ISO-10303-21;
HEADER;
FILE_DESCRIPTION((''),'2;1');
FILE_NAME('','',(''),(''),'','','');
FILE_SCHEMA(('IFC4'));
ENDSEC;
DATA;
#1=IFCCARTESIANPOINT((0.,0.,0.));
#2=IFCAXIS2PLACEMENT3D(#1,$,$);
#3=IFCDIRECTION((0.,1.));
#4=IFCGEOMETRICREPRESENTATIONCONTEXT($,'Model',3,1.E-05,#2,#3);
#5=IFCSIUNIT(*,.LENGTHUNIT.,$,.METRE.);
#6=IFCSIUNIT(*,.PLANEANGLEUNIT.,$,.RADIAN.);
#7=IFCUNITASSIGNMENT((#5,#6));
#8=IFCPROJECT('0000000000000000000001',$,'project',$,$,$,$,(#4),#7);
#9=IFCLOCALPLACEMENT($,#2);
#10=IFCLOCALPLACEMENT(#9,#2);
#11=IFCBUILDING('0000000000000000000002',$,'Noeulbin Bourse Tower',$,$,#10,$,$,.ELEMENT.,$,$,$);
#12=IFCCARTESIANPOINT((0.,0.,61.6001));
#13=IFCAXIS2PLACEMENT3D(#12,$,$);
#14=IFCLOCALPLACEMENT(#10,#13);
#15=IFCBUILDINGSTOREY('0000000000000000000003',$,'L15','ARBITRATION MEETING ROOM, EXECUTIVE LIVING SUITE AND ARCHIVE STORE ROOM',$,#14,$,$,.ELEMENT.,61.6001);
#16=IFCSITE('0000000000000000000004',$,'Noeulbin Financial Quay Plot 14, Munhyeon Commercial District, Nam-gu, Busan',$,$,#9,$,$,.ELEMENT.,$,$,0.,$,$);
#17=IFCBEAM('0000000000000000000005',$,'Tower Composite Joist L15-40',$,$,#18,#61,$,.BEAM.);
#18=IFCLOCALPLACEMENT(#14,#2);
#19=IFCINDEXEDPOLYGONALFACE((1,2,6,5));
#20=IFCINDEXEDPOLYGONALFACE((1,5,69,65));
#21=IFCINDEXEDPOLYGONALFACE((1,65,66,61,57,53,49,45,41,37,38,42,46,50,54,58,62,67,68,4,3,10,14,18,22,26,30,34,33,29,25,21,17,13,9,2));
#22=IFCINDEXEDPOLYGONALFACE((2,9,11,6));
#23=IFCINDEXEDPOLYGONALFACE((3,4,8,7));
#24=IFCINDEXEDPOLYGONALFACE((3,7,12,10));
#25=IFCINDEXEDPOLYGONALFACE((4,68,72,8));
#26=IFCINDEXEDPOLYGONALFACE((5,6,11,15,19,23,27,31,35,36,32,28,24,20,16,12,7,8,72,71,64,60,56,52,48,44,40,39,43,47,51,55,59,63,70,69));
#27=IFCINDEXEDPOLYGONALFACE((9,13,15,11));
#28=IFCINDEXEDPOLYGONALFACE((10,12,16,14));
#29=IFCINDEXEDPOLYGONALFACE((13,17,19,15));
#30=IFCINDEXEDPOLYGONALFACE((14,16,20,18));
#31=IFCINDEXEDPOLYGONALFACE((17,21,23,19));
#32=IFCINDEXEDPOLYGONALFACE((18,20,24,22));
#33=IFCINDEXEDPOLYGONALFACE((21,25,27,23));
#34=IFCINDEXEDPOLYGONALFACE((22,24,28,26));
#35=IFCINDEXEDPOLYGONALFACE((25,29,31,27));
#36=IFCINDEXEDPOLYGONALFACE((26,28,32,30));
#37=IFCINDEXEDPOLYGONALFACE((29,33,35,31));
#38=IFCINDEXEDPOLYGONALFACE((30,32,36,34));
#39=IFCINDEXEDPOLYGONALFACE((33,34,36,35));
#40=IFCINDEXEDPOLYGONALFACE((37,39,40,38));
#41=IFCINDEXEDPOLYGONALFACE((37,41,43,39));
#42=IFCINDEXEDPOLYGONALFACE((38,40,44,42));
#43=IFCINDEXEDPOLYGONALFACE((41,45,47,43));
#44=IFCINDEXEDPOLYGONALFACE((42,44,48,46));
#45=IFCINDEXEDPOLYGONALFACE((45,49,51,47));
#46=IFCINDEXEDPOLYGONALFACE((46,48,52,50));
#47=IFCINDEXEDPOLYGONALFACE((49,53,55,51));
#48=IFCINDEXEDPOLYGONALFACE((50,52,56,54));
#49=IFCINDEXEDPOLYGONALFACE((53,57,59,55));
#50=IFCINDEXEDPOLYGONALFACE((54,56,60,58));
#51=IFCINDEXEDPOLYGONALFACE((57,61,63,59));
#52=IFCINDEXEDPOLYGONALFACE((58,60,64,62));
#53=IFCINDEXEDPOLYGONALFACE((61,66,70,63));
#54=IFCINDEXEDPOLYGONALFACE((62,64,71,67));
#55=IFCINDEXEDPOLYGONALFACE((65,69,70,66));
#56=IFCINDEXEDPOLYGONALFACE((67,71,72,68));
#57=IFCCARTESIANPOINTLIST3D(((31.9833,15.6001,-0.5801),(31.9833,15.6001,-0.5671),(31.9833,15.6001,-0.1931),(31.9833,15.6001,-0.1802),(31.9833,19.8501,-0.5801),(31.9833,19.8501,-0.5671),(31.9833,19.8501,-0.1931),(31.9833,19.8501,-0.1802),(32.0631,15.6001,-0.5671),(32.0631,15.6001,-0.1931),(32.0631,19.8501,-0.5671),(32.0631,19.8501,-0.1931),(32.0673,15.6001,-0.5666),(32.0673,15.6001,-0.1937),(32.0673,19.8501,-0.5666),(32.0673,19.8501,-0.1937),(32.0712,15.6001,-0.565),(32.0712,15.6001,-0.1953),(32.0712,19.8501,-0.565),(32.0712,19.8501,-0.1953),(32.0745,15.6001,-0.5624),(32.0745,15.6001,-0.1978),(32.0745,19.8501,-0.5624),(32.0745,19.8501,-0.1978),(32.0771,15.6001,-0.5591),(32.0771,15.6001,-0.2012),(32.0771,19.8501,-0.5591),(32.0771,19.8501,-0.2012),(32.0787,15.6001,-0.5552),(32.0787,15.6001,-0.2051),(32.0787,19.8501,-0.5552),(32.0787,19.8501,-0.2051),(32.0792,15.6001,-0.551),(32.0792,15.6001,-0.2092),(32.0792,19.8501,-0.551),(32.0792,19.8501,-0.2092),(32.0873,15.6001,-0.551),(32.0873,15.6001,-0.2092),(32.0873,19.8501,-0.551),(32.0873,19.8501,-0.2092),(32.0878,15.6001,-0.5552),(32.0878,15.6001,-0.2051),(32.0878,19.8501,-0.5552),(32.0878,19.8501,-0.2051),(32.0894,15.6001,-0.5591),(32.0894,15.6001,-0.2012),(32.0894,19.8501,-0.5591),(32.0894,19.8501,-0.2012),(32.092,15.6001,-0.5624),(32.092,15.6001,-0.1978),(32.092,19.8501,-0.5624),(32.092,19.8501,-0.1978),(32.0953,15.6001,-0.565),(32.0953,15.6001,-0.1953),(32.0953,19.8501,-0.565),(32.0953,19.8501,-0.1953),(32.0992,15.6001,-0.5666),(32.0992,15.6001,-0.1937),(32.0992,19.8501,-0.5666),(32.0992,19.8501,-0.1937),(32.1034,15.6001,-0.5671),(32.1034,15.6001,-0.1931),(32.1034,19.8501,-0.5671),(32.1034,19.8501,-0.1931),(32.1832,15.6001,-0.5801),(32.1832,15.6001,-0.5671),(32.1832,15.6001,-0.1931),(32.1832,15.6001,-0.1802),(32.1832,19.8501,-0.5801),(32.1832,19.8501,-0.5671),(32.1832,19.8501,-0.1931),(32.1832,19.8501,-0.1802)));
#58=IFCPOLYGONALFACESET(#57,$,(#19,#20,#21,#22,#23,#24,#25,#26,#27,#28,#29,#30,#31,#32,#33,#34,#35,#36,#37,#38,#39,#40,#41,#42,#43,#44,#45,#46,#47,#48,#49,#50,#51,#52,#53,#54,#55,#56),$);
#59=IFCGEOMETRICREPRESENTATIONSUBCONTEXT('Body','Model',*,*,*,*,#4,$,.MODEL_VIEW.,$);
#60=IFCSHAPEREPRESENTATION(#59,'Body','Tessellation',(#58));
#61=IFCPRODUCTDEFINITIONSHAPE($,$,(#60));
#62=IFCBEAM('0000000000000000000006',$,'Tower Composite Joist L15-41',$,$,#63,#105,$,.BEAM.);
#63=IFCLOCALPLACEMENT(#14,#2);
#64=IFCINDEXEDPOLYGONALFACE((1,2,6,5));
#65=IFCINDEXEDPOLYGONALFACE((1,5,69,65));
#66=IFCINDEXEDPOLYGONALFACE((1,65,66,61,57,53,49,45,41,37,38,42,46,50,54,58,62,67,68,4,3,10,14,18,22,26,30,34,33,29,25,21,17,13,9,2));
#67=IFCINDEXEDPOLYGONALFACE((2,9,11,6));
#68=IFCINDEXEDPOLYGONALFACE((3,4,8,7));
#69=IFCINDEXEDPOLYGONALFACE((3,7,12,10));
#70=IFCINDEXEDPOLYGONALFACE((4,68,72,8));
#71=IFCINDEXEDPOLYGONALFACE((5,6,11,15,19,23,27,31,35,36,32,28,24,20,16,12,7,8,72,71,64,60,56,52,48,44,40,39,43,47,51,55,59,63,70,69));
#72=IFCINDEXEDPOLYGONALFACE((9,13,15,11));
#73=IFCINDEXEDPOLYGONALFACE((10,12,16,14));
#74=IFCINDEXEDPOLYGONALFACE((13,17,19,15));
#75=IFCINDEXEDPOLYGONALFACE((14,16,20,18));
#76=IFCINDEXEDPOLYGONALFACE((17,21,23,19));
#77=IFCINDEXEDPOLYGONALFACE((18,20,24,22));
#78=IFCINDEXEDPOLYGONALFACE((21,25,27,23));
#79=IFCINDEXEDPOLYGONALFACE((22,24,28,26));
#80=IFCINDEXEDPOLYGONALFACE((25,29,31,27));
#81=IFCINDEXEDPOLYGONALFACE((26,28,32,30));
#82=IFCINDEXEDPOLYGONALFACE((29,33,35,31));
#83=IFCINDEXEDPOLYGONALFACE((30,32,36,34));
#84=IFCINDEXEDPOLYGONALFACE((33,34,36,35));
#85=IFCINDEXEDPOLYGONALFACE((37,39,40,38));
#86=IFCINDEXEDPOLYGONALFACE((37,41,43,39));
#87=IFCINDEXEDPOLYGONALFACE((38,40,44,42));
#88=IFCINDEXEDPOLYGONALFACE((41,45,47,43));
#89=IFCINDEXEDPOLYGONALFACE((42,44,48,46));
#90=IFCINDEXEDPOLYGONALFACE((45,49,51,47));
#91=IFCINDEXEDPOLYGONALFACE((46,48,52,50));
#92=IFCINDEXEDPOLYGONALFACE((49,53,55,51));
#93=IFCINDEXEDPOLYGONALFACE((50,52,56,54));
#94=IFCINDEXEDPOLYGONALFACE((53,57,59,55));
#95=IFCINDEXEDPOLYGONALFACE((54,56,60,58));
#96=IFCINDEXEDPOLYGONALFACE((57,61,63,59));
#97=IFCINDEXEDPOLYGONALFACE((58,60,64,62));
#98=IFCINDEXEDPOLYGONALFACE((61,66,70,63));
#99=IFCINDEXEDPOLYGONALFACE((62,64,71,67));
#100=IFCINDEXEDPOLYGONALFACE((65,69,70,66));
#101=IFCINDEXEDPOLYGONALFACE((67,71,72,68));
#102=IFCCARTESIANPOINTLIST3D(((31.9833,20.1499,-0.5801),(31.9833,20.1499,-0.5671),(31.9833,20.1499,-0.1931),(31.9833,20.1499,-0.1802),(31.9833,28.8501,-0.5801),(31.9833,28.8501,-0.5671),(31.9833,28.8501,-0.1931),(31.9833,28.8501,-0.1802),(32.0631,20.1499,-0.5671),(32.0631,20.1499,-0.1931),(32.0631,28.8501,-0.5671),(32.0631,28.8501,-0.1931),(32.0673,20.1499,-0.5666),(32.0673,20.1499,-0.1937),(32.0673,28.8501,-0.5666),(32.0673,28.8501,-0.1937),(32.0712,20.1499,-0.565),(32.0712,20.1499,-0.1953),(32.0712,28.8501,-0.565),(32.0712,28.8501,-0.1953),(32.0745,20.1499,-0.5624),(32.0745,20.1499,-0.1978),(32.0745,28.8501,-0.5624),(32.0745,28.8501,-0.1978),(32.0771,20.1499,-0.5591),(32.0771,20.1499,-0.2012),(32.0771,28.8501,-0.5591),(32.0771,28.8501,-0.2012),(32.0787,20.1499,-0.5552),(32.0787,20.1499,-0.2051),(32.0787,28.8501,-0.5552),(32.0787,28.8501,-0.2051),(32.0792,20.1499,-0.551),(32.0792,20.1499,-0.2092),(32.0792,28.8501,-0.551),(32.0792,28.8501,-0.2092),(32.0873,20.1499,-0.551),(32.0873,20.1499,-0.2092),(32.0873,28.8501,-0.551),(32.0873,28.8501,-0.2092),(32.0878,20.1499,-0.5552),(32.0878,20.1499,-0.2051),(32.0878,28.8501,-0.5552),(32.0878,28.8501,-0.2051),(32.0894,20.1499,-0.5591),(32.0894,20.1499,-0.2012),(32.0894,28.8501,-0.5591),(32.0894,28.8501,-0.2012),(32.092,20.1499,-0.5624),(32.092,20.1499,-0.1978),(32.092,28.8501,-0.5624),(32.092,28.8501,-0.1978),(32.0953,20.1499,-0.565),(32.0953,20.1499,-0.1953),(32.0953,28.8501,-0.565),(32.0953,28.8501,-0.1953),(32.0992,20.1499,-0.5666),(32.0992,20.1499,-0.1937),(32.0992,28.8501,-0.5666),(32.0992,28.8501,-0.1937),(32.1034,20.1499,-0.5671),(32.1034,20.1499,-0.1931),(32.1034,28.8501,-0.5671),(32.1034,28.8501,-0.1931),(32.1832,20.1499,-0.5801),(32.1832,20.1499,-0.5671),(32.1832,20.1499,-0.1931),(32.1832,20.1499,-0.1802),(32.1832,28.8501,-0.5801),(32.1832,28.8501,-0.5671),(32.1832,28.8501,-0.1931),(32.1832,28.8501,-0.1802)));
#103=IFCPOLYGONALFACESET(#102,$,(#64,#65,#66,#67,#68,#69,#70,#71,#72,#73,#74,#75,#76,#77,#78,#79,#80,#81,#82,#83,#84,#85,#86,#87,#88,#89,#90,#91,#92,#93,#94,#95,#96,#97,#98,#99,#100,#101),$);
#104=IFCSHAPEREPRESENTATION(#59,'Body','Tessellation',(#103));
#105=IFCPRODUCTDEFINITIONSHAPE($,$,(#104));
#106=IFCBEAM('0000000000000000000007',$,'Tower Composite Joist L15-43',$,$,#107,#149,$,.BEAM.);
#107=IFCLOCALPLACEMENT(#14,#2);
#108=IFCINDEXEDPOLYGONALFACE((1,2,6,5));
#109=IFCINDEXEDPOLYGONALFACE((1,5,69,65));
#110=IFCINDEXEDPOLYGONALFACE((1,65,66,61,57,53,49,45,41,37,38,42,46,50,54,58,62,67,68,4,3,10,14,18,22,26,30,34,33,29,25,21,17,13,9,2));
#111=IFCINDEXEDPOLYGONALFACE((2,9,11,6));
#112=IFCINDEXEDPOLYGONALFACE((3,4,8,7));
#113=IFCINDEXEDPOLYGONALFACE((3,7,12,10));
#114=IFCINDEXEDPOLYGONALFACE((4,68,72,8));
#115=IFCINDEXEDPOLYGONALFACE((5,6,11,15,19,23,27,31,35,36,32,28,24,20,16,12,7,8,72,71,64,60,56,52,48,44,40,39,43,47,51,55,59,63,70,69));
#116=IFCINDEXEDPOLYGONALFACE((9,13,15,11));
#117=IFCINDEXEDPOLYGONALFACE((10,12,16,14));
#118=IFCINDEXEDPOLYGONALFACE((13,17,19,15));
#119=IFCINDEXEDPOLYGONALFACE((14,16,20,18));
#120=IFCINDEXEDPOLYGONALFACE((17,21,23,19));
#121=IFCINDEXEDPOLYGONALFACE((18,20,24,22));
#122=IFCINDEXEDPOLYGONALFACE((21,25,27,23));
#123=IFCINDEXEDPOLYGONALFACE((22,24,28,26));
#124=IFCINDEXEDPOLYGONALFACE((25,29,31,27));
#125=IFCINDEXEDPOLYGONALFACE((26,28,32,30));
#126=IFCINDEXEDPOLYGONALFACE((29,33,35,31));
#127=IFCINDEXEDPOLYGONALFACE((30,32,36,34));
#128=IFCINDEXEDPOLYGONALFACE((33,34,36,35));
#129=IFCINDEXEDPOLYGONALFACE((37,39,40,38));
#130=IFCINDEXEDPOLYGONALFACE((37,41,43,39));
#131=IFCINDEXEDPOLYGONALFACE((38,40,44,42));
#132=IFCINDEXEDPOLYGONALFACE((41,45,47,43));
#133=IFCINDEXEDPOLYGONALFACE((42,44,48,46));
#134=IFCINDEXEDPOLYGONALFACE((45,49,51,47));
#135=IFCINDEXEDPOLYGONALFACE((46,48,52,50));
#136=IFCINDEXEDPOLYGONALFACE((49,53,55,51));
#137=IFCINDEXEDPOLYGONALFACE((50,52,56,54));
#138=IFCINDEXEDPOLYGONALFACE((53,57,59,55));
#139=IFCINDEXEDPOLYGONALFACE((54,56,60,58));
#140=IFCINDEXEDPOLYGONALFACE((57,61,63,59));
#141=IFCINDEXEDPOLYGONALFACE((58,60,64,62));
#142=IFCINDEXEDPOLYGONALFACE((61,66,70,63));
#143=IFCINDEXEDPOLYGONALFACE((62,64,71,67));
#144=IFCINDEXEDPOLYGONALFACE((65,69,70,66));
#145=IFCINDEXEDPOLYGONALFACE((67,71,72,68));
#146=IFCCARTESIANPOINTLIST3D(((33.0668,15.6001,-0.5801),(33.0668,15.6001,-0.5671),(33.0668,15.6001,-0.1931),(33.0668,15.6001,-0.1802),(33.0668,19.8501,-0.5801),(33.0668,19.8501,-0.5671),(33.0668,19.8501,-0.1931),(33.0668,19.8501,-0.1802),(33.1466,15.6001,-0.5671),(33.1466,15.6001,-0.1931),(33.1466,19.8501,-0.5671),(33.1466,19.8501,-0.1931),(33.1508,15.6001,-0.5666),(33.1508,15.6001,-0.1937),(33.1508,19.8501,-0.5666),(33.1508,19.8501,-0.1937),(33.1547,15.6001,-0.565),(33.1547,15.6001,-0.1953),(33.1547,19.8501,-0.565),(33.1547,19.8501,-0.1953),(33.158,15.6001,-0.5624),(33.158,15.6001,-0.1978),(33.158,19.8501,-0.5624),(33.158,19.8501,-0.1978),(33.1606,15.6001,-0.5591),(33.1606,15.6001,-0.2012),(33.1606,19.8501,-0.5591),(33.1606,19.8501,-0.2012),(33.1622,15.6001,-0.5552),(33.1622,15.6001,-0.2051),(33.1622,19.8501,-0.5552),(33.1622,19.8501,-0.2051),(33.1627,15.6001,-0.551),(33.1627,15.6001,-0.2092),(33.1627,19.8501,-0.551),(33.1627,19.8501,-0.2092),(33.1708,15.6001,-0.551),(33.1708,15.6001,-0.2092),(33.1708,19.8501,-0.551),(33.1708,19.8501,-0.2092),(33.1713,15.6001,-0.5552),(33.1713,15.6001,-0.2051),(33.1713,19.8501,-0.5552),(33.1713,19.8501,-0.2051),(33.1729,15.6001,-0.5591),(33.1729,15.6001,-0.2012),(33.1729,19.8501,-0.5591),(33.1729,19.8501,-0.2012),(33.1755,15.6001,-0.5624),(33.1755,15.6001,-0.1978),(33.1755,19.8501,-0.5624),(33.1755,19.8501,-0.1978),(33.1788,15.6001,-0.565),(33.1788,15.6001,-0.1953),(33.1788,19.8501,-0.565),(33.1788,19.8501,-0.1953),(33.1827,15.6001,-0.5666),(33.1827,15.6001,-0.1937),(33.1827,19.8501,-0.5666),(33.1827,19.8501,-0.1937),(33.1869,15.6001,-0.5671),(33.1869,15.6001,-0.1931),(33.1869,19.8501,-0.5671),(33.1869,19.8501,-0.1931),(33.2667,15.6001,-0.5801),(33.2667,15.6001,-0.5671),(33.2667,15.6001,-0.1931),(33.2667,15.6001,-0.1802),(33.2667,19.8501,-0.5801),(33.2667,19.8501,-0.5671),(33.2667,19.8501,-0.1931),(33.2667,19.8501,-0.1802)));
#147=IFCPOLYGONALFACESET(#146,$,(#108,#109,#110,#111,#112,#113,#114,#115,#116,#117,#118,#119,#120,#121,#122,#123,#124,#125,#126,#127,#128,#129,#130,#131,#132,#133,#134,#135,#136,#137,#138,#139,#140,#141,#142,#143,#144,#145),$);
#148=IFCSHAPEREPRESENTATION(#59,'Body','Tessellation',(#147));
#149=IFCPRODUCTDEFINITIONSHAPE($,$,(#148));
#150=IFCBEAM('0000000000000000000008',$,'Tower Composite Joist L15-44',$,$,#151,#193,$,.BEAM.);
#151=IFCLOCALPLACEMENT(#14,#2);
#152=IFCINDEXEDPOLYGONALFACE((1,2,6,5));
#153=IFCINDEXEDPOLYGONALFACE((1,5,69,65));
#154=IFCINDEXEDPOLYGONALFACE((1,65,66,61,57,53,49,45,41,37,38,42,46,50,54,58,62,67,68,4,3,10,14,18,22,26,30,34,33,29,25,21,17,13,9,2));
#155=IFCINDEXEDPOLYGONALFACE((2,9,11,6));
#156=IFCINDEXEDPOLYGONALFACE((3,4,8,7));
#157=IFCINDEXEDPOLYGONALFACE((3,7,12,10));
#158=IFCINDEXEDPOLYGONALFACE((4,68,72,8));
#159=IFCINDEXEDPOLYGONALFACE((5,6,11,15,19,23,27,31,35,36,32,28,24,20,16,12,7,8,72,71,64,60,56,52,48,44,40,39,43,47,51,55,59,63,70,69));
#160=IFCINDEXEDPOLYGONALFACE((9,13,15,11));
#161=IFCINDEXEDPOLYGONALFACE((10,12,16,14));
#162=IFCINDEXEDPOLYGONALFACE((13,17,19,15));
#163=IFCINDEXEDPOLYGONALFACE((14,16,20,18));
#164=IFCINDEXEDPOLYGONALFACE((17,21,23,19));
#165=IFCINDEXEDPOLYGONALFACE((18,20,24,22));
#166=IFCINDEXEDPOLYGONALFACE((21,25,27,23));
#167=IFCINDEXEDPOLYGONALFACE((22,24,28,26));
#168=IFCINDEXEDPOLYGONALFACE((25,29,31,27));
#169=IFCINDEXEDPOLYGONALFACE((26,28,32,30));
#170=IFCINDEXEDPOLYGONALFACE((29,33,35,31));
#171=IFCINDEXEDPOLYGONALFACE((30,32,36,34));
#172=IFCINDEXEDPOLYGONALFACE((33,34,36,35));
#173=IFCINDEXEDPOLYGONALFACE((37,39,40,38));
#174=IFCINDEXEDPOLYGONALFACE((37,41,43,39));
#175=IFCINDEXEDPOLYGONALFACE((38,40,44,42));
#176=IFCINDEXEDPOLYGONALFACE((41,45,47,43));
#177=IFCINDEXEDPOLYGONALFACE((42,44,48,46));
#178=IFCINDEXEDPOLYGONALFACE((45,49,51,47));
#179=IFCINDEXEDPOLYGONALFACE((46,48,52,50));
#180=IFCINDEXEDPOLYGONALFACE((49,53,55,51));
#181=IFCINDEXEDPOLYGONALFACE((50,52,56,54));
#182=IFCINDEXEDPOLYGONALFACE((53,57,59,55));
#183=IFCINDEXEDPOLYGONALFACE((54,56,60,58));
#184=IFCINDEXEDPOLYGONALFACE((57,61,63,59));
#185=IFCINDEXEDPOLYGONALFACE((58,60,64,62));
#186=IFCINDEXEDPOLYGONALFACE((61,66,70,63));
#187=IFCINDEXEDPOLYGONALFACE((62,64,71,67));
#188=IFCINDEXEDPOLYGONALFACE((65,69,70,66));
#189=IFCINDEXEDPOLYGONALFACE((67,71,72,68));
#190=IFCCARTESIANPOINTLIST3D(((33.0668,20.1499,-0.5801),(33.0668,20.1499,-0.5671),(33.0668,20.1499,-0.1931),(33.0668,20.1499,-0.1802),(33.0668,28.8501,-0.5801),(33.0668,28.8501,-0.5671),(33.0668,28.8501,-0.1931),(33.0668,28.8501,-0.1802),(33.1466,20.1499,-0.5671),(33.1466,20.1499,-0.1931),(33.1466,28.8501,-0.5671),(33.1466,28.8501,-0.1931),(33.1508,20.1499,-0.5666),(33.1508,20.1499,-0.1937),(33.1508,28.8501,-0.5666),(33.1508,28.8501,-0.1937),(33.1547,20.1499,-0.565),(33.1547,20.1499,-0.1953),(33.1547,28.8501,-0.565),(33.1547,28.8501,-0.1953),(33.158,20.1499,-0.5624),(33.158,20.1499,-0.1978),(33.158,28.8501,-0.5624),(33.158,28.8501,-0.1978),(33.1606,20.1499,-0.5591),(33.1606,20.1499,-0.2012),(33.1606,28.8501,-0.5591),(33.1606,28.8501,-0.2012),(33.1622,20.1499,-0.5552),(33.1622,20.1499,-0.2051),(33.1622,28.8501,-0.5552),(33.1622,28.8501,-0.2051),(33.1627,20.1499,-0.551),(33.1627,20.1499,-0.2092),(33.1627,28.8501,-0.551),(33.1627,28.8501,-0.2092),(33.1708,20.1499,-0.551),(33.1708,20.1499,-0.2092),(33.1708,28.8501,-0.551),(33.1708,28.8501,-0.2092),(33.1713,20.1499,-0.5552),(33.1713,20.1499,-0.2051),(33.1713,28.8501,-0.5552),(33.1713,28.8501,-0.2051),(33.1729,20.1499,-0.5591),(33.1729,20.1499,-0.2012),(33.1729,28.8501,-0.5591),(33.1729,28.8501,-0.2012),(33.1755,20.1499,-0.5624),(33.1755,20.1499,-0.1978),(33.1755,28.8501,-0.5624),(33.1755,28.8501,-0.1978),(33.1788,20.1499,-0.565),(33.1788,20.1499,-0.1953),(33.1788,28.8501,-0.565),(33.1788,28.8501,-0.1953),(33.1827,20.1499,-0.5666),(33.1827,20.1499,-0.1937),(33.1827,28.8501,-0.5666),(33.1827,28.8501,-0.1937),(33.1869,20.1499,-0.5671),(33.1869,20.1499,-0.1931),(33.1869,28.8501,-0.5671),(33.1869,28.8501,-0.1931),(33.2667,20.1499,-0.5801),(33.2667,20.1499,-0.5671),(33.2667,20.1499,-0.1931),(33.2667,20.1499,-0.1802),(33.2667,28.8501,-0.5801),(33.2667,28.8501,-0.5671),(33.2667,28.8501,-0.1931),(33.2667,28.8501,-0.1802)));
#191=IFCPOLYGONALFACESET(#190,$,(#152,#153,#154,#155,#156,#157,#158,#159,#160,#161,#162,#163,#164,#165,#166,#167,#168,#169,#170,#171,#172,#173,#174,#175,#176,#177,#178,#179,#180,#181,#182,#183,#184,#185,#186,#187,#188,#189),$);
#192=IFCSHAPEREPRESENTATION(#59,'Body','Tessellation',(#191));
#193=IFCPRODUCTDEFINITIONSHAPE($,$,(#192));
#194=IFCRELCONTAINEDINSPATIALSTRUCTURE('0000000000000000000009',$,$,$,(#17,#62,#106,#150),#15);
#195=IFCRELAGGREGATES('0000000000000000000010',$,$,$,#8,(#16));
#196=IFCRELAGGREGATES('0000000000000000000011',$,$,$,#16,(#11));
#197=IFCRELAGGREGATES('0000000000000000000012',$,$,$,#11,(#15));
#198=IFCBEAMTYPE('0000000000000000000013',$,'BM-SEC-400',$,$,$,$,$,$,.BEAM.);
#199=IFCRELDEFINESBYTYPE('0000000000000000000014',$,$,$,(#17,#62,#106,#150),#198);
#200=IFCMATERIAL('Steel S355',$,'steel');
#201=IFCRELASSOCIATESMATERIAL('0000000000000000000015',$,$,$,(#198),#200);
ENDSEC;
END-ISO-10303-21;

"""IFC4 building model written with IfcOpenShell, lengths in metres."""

from ifc_helpers import new_model, si_unit, direction, frame, origin, origin_2d, place, context, subcontext, project, spatial, i_section, extrude, material, material_profile, profile_set, type_object, element, save


model = new_model("IFC4")

# Units and contexts
model_context = context("Model", 3, precision=1e-05, world=origin(), true_north=direction((0.0, 1.0)))
body_context = subcontext(model_context, "Body", "Model", "MODEL_VIEW")
ifc_project = project(units=[si_unit("LENGTHUNIT", "METRE"), si_unit("PLANEANGLEUNIT", "RADIAN")], contexts=[model_context])

# Site, building, storey
site_placement = place(None, origin())
site = spatial("IfcSite", under=ifc_project, at=site_placement, Name="Noeulbin Financial Quay Plot 14, Munhyeon Commercial District, Nam-gu, Busan", CompositionType="ELEMENT", RefElevation=0.0)
building_placement = place(site_placement, origin())
building = spatial("IfcBuilding", under=site, at=building_placement, Name="Noeulbin Bourse Tower", CompositionType="ELEMENT")
storey_placement = place(building_placement, frame((0.0, 0.0, 61.6001)))
storey = spatial("IfcBuildingStorey", under=building, at=storey_placement, Name="L15", Description="ARBITRATION MEETING ROOM, EXECUTIVE LIVING SUITE AND ARCHIVE STORE ROOM", CompositionType="ELEMENT", Elevation=61.6001)

# Beams
ifc_material_1 = material(Name="Steel S355", Category="steel")
ifc_material_profile_1 = material_profile(ifc_material_1, i_section(OverallWidth=0.2, OverallDepth=0.3999, WebThickness=0.0081, FlangeThickness=0.0129, FilletRadius=0.0161, at=origin_2d()), Name="H-400x200x8x13", Category="LoadBearing")
ifc_profile_set_1 = profile_set([ifc_material_profile_1], Name="Steel S355")
beam_type_1 = type_object("IfcBeamType", Name="BM-SEC-400", PredefinedType="BEAM", material=ifc_profile_set_1)
beam_1_placement = place(storey_placement, frame((32.0833, 15.6001, -0.3801), z_axis=(0.0, 1.0, 0.0), x_axis=(-1.0, 0.0, 0.0)))
element("IfcBeam", 1, at=beam_1_placement, inside=storey, type_object=beam_type_1, Name="Tower Composite Joist L15-40", PredefinedType="BEAM", context=body_context, shape_type="SweptSolid", body=[
    extrude(i_section(OverallWidth=0.2, OverallDepth=0.3999, WebThickness=0.0081, FlangeThickness=0.0129, FilletRadius=0.0161, at=origin_2d()), origin(), (0.0, 0.0, 1.0), 4.25),
])
beam_2_placement = place(storey_placement, frame((32.0833, 20.1499, -0.3801), z_axis=(0.0, 1.0, 0.0), x_axis=(-1.0, 0.0, 0.0)))
element("IfcBeam", 2, at=beam_2_placement, inside=storey, type_object=beam_type_1, Name="Tower Composite Joist L15-41", PredefinedType="BEAM", context=body_context, shape_type="SweptSolid", body=[
    extrude(i_section(OverallWidth=0.2, OverallDepth=0.3999, WebThickness=0.0081, FlangeThickness=0.0129, FilletRadius=0.0161, at=origin_2d()), origin(), (0.0, 0.0, 1.0), 8.7002),
])
beam_3_placement = place(storey_placement, frame((33.1667, 15.6001, -0.3801), z_axis=(0.0, 1.0, 0.0), x_axis=(-1.0, 0.0, 0.0)))
element("IfcBeam", 3, at=beam_3_placement, inside=storey, type_object=beam_type_1, Name="Tower Composite Joist L15-43", PredefinedType="BEAM", context=body_context, shape_type="SweptSolid", body=[
    extrude(i_section(OverallWidth=0.2, OverallDepth=0.3999, WebThickness=0.0081, FlangeThickness=0.0129, FilletRadius=0.0161, at=origin_2d()), origin(), (0.0, 0.0, 1.0), 4.25),
])
beam_4_placement = place(storey_placement, frame((33.1667, 20.1499, -0.3801), z_axis=(0.0, 1.0, 0.0), x_axis=(-1.0, 0.0, 0.0)))
element("IfcBeam", 4, at=beam_4_placement, inside=storey, type_object=beam_type_1, Name="Tower Composite Joist L15-44", PredefinedType="BEAM", context=body_context, shape_type="SweptSolid", body=[
    extrude(i_section(OverallWidth=0.2, OverallDepth=0.3999, WebThickness=0.0081, FlangeThickness=0.0129, FilletRadius=0.0161, at=origin_2d()), origin(), (0.0, 0.0, 1.0), 8.7002),
])

save(model, "model.ifc")
